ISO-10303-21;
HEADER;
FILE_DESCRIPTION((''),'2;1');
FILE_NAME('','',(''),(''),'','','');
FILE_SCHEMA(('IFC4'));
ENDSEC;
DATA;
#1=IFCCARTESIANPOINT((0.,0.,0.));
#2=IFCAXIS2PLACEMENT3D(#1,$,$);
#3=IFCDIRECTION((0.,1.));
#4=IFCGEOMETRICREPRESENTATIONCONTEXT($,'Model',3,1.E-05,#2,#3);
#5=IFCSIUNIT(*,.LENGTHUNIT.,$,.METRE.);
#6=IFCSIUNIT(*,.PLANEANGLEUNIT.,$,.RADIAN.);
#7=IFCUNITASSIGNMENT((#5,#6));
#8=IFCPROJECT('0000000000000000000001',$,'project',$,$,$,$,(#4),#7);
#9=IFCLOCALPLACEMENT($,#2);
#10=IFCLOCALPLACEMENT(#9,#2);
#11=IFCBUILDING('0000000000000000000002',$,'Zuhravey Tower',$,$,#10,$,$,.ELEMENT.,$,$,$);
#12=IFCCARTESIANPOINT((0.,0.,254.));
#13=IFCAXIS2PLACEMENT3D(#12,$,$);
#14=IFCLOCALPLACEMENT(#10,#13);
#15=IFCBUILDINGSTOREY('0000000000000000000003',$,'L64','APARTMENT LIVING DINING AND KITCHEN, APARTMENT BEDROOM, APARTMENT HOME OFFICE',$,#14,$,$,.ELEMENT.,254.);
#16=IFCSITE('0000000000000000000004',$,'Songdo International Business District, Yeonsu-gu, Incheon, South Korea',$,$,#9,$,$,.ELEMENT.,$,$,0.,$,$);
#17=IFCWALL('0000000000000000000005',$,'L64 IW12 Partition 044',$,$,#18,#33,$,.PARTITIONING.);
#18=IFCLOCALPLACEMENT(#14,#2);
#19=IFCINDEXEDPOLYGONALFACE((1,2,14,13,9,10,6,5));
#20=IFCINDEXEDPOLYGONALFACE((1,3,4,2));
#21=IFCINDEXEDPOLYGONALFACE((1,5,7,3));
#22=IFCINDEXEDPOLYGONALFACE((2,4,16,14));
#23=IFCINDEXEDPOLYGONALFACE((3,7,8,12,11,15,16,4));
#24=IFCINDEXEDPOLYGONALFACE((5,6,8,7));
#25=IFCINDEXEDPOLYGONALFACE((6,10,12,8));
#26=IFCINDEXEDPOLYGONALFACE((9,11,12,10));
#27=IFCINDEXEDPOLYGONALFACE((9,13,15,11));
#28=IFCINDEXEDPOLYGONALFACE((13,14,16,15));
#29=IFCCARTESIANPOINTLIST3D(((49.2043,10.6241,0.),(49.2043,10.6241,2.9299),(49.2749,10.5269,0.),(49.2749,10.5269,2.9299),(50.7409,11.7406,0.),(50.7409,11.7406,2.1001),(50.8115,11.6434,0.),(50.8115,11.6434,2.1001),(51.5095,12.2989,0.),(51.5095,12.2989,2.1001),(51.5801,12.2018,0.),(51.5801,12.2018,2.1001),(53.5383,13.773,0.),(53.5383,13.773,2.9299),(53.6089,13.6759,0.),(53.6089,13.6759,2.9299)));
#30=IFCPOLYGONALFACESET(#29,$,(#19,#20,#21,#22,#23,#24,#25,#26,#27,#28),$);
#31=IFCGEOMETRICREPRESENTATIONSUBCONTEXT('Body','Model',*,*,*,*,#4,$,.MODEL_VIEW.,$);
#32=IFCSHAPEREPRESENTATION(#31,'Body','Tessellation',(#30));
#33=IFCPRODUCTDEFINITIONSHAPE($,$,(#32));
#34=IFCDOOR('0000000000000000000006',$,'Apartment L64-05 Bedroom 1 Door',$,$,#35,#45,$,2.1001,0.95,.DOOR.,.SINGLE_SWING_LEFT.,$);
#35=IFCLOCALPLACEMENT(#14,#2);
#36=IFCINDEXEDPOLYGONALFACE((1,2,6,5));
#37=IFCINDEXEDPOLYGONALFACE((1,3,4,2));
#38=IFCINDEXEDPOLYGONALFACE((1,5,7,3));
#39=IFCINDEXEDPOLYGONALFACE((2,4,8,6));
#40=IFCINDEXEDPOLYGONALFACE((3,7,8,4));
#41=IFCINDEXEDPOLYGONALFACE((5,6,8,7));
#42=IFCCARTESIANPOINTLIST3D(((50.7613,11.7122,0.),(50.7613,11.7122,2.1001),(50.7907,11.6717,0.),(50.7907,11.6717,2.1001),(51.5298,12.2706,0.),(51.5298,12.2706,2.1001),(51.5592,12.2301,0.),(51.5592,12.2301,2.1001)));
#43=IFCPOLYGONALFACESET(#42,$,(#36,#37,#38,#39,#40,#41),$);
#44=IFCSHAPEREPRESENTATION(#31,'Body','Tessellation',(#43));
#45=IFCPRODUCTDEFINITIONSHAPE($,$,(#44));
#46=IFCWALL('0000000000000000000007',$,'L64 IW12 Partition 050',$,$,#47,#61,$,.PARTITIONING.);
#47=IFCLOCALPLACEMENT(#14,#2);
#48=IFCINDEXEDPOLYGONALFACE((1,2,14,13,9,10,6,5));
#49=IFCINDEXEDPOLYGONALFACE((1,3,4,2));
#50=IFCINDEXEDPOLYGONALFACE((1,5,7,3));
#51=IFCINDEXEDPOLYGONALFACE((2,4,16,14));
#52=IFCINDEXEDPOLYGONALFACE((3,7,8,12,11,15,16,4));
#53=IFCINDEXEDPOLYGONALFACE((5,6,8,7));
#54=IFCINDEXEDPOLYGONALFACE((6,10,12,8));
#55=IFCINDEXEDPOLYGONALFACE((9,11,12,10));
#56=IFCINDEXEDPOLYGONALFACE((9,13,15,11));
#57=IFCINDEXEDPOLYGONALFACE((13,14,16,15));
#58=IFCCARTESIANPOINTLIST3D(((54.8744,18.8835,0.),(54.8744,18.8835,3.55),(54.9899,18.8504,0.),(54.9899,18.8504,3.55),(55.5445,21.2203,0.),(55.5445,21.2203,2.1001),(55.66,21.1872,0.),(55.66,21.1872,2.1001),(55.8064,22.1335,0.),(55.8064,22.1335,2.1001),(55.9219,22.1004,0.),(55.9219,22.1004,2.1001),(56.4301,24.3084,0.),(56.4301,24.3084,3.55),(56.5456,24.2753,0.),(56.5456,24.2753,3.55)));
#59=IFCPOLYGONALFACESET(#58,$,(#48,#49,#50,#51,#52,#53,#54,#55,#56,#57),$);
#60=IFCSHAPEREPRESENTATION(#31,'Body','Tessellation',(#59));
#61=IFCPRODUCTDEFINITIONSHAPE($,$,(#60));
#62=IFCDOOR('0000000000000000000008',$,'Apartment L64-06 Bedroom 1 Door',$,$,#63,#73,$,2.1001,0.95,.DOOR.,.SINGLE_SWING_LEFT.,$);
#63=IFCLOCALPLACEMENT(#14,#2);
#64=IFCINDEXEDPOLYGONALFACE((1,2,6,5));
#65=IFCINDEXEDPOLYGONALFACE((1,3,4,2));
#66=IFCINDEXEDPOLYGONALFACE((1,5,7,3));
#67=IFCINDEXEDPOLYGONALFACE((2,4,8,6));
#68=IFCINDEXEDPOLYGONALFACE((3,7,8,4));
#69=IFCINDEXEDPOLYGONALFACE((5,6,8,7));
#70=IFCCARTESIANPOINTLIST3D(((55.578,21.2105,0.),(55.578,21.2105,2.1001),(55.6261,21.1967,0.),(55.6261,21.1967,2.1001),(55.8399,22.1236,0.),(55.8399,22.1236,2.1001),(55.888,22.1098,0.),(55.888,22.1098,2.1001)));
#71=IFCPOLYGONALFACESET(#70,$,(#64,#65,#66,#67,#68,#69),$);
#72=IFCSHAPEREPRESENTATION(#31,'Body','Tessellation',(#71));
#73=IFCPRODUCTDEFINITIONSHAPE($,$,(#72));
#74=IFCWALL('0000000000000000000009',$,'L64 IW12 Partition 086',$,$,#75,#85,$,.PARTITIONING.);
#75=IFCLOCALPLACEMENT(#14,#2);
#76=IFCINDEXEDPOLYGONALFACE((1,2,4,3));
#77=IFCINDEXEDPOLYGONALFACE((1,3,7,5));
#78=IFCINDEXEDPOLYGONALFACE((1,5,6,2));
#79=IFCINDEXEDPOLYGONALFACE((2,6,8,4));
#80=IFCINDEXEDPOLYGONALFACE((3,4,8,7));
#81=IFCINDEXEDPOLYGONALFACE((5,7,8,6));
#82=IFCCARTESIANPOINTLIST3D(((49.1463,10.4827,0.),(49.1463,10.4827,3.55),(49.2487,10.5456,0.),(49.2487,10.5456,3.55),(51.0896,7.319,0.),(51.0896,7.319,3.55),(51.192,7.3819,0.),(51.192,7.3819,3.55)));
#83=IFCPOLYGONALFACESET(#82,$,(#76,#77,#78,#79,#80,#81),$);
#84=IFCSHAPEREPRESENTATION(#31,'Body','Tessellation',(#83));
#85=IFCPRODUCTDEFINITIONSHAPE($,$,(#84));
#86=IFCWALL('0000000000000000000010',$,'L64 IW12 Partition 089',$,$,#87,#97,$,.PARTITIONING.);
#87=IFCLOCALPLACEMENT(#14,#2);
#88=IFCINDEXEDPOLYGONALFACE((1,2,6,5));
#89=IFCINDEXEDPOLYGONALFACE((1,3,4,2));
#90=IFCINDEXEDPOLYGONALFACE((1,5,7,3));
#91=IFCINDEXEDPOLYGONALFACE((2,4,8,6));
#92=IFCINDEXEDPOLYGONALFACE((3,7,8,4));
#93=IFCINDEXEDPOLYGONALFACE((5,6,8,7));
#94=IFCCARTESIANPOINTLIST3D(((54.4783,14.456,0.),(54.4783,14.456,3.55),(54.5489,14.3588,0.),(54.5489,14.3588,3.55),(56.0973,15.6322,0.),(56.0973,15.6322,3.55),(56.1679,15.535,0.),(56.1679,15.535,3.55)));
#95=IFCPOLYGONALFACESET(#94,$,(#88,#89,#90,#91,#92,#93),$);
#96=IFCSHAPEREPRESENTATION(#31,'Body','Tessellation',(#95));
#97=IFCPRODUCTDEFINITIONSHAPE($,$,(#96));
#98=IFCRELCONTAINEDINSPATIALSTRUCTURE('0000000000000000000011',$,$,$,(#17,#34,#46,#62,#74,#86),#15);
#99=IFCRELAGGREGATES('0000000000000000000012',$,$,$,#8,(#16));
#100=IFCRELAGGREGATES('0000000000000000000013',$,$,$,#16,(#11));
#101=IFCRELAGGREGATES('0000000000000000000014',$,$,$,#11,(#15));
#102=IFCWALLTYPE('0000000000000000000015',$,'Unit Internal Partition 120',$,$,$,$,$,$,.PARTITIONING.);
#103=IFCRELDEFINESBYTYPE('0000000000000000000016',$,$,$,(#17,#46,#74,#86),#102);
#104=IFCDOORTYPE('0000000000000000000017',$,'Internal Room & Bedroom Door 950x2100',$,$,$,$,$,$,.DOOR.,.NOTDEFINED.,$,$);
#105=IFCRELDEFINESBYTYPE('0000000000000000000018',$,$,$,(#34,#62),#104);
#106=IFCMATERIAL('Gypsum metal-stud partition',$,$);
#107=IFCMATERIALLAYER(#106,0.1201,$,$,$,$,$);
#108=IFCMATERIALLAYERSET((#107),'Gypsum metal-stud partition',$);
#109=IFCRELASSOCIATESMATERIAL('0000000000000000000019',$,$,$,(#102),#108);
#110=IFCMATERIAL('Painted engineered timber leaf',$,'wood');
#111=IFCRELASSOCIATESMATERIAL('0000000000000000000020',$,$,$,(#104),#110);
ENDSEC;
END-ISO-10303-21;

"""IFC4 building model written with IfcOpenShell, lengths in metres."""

from ifc_helpers import new_model, si_unit, direction, frame, frame_2d, origin, place, context, subcontext, project, spatial, rectangle, extrude, material, layer, layer_set, type_object, element, fill, save


model = new_model("IFC4")

# Units and contexts
model_context = context("Model", 3, precision=1e-05, world=origin(), true_north=direction((0.0, 1.0)))
body_context = subcontext(model_context, "Body", "Model", "MODEL_VIEW")
ifc_project = project(units=[si_unit("LENGTHUNIT", "METRE"), si_unit("PLANEANGLEUNIT", "RADIAN")], contexts=[model_context])

# Site, building, storey
site_placement = place(None, origin())
site = spatial("IfcSite", under=ifc_project, at=site_placement, Name="Songdo International Business District, Yeonsu-gu, Incheon, South Korea", CompositionType="ELEMENT", RefElevation=0.0)
building_placement = place(site_placement, origin())
building = spatial("IfcBuilding", under=site, at=building_placement, Name="Zuhravey Tower", CompositionType="ELEMENT")
storey_placement = place(building_placement, frame((0.0, 0.0, 254.0)))
storey = spatial("IfcBuildingStorey", under=building, at=storey_placement, Name="L64", Description="APARTMENT LIVING DINING AND KITCHEN, APARTMENT BEDROOM, APARTMENT HOME OFFICE", CompositionType="ELEMENT", Elevation=254.0)

# Walls, openings, doors
ifc_material_1 = material(Name="Gypsum metal-stud partition")
ifc_layer_1 = layer(ifc_material_1, 0.1201)
ifc_layer_set_1 = layer_set([ifc_layer_1], Name="Gypsum metal-stud partition")
wall_type_1 = type_object("IfcWallType", Name="Unit Internal Partition 120", PredefinedType="PARTITIONING", material=ifc_layer_set_1)
wall_1_placement = place(storey_placement, frame((49.2395, 10.5754, 0.0), z_axis=(0.0, 0.0, 1.0), x_axis=(0.809008, 0.587798, 0.0)))
wall_1 = element("IfcWall", 1, at=wall_1_placement, inside=storey, type_object=wall_type_1, Name="L64 IW12 Partition 044", PredefinedType="PARTITIONING", context=body_context, shape_type="SweptSolid", body=[
    extrude(rectangle(XDim=5.3572, YDim=0.1201, at=frame_2d((2.6787, 0.0))), origin(), (0.0, 0.0, 1.0), 2.9299),
])
opening_1_placement = place(wall_1_placement, frame((1.8994, 0.0, 0.0)))
opening_1 = element("IfcOpeningElement", 2, at=opening_1_placement, cuts=wall_1, PredefinedType="OPENING", context=body_context, shape_type="SweptSolid", body=[
    extrude(rectangle(XDim=0.95, YDim=2.1001, at=frame_2d((0.4751, 1.05))), frame((0.0, 0.072, 0.0), z_axis=(0.0, -1.0, 0.0), x_axis=(1.0, 0.0, 0.0)), (0.0, 0.0, 1.0), 0.144),
])
ifc_material_2 = material(Name="Painted engineered timber leaf", Category="wood")
door_type = type_object("IfcDoorType", Name="Internal Room & Bedroom Door 950x2100", OperationType="NOTDEFINED", PredefinedType="DOOR", material=ifc_material_2)
door_1_placement = place(opening_1_placement, frame((0.95, 0.0, 0.0), z_axis=(0.0, 0.0, 1.0), x_axis=(-1.0, 0.0, 0.0)))
door_1 = element("IfcDoor", 3, at=door_1_placement, inside=storey, type_object=door_type, Name="Apartment L64-05 Bedroom 1 Door", OperationType="SINGLE_SWING_LEFT", OverallHeight=2.1001, OverallWidth=0.95, PredefinedType="DOOR", context=body_context, shape_type="SweptSolid", body=[
    extrude(rectangle(XDim=0.95, YDim=2.1001, at=frame_2d((0.4751, 1.05))), frame((0.0, 0.0249, 0.0), z_axis=(0.0, -1.0, 0.0), x_axis=(1.0, 0.0, 0.0)), (0.0, 0.0, 1.0), 0.05),
])
fill(opening_1, door_1)
wall_2_placement = place(storey_placement, frame((54.9321, 18.8669, 0.0), z_axis=(0.0, 0.0, 1.0), x_axis=(0.275658, 0.961256, 0.0)))
wall_2 = element("IfcWall", 4, at=wall_2_placement, inside=storey, type_object=wall_type_1, Name="L64 IW12 Partition 050", PredefinedType="PARTITIONING", context=body_context, shape_type="SweptSolid", body=[
    extrude(rectangle(XDim=5.6436, YDim=0.1201, at=frame_2d((2.8218, 0.0))), origin(), (0.0, 0.0, 1.0), 3.55),
])
opening_2_placement = place(wall_2_placement, frame((2.4309, 0.0, 0.0)))
opening_2 = element("IfcOpeningElement", 5, at=opening_2_placement, cuts=wall_2, PredefinedType="OPENING", context=body_context, shape_type="SweptSolid", body=[
    extrude(rectangle(XDim=0.95, YDim=2.1001, at=frame_2d((0.4751, 1.05))), frame((0.0, 0.072, 0.0), z_axis=(0.0, -1.0, 0.0), x_axis=(1.0, 0.0, 0.0)), (0.0, 0.0, 1.0), 0.144),
])
door_2_placement = place(opening_2_placement, frame((0.95, 0.0, 0.0), z_axis=(0.0, 0.0, 1.0), x_axis=(-1.0, 0.0, 0.0)))
door_2 = element("IfcDoor", 6, at=door_2_placement, inside=storey, type_object=door_type, Name="Apartment L64-06 Bedroom 1 Door", OperationType="SINGLE_SWING_LEFT", OverallHeight=2.1001, OverallWidth=0.95, PredefinedType="DOOR", context=body_context, shape_type="SweptSolid", body=[
    extrude(rectangle(XDim=0.95, YDim=2.1001, at=frame_2d((0.4751, 1.05))), frame((0.0, 0.0249, 0.0), z_axis=(0.0, -1.0, 0.0), x_axis=(1.0, 0.0, 0.0)), (0.0, 0.0, 1.0), 0.05),
])
fill(opening_2, door_2)

# Walls
wall_3_placement = place(storey_placement, frame((49.1975, 10.5142, 0.0), z_axis=(0.0, 0.0, 1.0), x_axis=(0.523393, -0.852091, 0.0)))
element("IfcWall", 7, at=wall_3_placement, inside=storey, type_object=wall_type_1, Name="L64 IW12 Partition 086", PredefinedType="PARTITIONING", context=body_context, shape_type="SweptSolid", body=[
    extrude(rectangle(XDim=3.7129, YDim=0.1201, at=frame_2d((1.8564, 0.0))), origin(), (0.0, 0.0, 1.0), 3.55),
])
wall_4_placement = place(storey_placement, frame((54.5137, 14.4075, 0.0), z_axis=(0.0, 0.0, 1.0), x_axis=(0.809042, 0.587751, 0.0)))
element("IfcWall", 8, at=wall_4_placement, inside=storey, type_object=wall_type_1, Name="L64 IW12 Partition 089", PredefinedType="PARTITIONING", context=body_context, shape_type="SweptSolid", body=[
    extrude(rectangle(XDim=2.0012, YDim=0.1201, at=frame_2d((1.0005, 0.0))), origin(), (0.0, 0.0, 1.0), 3.55),
])

save(model, "model.ifc")
